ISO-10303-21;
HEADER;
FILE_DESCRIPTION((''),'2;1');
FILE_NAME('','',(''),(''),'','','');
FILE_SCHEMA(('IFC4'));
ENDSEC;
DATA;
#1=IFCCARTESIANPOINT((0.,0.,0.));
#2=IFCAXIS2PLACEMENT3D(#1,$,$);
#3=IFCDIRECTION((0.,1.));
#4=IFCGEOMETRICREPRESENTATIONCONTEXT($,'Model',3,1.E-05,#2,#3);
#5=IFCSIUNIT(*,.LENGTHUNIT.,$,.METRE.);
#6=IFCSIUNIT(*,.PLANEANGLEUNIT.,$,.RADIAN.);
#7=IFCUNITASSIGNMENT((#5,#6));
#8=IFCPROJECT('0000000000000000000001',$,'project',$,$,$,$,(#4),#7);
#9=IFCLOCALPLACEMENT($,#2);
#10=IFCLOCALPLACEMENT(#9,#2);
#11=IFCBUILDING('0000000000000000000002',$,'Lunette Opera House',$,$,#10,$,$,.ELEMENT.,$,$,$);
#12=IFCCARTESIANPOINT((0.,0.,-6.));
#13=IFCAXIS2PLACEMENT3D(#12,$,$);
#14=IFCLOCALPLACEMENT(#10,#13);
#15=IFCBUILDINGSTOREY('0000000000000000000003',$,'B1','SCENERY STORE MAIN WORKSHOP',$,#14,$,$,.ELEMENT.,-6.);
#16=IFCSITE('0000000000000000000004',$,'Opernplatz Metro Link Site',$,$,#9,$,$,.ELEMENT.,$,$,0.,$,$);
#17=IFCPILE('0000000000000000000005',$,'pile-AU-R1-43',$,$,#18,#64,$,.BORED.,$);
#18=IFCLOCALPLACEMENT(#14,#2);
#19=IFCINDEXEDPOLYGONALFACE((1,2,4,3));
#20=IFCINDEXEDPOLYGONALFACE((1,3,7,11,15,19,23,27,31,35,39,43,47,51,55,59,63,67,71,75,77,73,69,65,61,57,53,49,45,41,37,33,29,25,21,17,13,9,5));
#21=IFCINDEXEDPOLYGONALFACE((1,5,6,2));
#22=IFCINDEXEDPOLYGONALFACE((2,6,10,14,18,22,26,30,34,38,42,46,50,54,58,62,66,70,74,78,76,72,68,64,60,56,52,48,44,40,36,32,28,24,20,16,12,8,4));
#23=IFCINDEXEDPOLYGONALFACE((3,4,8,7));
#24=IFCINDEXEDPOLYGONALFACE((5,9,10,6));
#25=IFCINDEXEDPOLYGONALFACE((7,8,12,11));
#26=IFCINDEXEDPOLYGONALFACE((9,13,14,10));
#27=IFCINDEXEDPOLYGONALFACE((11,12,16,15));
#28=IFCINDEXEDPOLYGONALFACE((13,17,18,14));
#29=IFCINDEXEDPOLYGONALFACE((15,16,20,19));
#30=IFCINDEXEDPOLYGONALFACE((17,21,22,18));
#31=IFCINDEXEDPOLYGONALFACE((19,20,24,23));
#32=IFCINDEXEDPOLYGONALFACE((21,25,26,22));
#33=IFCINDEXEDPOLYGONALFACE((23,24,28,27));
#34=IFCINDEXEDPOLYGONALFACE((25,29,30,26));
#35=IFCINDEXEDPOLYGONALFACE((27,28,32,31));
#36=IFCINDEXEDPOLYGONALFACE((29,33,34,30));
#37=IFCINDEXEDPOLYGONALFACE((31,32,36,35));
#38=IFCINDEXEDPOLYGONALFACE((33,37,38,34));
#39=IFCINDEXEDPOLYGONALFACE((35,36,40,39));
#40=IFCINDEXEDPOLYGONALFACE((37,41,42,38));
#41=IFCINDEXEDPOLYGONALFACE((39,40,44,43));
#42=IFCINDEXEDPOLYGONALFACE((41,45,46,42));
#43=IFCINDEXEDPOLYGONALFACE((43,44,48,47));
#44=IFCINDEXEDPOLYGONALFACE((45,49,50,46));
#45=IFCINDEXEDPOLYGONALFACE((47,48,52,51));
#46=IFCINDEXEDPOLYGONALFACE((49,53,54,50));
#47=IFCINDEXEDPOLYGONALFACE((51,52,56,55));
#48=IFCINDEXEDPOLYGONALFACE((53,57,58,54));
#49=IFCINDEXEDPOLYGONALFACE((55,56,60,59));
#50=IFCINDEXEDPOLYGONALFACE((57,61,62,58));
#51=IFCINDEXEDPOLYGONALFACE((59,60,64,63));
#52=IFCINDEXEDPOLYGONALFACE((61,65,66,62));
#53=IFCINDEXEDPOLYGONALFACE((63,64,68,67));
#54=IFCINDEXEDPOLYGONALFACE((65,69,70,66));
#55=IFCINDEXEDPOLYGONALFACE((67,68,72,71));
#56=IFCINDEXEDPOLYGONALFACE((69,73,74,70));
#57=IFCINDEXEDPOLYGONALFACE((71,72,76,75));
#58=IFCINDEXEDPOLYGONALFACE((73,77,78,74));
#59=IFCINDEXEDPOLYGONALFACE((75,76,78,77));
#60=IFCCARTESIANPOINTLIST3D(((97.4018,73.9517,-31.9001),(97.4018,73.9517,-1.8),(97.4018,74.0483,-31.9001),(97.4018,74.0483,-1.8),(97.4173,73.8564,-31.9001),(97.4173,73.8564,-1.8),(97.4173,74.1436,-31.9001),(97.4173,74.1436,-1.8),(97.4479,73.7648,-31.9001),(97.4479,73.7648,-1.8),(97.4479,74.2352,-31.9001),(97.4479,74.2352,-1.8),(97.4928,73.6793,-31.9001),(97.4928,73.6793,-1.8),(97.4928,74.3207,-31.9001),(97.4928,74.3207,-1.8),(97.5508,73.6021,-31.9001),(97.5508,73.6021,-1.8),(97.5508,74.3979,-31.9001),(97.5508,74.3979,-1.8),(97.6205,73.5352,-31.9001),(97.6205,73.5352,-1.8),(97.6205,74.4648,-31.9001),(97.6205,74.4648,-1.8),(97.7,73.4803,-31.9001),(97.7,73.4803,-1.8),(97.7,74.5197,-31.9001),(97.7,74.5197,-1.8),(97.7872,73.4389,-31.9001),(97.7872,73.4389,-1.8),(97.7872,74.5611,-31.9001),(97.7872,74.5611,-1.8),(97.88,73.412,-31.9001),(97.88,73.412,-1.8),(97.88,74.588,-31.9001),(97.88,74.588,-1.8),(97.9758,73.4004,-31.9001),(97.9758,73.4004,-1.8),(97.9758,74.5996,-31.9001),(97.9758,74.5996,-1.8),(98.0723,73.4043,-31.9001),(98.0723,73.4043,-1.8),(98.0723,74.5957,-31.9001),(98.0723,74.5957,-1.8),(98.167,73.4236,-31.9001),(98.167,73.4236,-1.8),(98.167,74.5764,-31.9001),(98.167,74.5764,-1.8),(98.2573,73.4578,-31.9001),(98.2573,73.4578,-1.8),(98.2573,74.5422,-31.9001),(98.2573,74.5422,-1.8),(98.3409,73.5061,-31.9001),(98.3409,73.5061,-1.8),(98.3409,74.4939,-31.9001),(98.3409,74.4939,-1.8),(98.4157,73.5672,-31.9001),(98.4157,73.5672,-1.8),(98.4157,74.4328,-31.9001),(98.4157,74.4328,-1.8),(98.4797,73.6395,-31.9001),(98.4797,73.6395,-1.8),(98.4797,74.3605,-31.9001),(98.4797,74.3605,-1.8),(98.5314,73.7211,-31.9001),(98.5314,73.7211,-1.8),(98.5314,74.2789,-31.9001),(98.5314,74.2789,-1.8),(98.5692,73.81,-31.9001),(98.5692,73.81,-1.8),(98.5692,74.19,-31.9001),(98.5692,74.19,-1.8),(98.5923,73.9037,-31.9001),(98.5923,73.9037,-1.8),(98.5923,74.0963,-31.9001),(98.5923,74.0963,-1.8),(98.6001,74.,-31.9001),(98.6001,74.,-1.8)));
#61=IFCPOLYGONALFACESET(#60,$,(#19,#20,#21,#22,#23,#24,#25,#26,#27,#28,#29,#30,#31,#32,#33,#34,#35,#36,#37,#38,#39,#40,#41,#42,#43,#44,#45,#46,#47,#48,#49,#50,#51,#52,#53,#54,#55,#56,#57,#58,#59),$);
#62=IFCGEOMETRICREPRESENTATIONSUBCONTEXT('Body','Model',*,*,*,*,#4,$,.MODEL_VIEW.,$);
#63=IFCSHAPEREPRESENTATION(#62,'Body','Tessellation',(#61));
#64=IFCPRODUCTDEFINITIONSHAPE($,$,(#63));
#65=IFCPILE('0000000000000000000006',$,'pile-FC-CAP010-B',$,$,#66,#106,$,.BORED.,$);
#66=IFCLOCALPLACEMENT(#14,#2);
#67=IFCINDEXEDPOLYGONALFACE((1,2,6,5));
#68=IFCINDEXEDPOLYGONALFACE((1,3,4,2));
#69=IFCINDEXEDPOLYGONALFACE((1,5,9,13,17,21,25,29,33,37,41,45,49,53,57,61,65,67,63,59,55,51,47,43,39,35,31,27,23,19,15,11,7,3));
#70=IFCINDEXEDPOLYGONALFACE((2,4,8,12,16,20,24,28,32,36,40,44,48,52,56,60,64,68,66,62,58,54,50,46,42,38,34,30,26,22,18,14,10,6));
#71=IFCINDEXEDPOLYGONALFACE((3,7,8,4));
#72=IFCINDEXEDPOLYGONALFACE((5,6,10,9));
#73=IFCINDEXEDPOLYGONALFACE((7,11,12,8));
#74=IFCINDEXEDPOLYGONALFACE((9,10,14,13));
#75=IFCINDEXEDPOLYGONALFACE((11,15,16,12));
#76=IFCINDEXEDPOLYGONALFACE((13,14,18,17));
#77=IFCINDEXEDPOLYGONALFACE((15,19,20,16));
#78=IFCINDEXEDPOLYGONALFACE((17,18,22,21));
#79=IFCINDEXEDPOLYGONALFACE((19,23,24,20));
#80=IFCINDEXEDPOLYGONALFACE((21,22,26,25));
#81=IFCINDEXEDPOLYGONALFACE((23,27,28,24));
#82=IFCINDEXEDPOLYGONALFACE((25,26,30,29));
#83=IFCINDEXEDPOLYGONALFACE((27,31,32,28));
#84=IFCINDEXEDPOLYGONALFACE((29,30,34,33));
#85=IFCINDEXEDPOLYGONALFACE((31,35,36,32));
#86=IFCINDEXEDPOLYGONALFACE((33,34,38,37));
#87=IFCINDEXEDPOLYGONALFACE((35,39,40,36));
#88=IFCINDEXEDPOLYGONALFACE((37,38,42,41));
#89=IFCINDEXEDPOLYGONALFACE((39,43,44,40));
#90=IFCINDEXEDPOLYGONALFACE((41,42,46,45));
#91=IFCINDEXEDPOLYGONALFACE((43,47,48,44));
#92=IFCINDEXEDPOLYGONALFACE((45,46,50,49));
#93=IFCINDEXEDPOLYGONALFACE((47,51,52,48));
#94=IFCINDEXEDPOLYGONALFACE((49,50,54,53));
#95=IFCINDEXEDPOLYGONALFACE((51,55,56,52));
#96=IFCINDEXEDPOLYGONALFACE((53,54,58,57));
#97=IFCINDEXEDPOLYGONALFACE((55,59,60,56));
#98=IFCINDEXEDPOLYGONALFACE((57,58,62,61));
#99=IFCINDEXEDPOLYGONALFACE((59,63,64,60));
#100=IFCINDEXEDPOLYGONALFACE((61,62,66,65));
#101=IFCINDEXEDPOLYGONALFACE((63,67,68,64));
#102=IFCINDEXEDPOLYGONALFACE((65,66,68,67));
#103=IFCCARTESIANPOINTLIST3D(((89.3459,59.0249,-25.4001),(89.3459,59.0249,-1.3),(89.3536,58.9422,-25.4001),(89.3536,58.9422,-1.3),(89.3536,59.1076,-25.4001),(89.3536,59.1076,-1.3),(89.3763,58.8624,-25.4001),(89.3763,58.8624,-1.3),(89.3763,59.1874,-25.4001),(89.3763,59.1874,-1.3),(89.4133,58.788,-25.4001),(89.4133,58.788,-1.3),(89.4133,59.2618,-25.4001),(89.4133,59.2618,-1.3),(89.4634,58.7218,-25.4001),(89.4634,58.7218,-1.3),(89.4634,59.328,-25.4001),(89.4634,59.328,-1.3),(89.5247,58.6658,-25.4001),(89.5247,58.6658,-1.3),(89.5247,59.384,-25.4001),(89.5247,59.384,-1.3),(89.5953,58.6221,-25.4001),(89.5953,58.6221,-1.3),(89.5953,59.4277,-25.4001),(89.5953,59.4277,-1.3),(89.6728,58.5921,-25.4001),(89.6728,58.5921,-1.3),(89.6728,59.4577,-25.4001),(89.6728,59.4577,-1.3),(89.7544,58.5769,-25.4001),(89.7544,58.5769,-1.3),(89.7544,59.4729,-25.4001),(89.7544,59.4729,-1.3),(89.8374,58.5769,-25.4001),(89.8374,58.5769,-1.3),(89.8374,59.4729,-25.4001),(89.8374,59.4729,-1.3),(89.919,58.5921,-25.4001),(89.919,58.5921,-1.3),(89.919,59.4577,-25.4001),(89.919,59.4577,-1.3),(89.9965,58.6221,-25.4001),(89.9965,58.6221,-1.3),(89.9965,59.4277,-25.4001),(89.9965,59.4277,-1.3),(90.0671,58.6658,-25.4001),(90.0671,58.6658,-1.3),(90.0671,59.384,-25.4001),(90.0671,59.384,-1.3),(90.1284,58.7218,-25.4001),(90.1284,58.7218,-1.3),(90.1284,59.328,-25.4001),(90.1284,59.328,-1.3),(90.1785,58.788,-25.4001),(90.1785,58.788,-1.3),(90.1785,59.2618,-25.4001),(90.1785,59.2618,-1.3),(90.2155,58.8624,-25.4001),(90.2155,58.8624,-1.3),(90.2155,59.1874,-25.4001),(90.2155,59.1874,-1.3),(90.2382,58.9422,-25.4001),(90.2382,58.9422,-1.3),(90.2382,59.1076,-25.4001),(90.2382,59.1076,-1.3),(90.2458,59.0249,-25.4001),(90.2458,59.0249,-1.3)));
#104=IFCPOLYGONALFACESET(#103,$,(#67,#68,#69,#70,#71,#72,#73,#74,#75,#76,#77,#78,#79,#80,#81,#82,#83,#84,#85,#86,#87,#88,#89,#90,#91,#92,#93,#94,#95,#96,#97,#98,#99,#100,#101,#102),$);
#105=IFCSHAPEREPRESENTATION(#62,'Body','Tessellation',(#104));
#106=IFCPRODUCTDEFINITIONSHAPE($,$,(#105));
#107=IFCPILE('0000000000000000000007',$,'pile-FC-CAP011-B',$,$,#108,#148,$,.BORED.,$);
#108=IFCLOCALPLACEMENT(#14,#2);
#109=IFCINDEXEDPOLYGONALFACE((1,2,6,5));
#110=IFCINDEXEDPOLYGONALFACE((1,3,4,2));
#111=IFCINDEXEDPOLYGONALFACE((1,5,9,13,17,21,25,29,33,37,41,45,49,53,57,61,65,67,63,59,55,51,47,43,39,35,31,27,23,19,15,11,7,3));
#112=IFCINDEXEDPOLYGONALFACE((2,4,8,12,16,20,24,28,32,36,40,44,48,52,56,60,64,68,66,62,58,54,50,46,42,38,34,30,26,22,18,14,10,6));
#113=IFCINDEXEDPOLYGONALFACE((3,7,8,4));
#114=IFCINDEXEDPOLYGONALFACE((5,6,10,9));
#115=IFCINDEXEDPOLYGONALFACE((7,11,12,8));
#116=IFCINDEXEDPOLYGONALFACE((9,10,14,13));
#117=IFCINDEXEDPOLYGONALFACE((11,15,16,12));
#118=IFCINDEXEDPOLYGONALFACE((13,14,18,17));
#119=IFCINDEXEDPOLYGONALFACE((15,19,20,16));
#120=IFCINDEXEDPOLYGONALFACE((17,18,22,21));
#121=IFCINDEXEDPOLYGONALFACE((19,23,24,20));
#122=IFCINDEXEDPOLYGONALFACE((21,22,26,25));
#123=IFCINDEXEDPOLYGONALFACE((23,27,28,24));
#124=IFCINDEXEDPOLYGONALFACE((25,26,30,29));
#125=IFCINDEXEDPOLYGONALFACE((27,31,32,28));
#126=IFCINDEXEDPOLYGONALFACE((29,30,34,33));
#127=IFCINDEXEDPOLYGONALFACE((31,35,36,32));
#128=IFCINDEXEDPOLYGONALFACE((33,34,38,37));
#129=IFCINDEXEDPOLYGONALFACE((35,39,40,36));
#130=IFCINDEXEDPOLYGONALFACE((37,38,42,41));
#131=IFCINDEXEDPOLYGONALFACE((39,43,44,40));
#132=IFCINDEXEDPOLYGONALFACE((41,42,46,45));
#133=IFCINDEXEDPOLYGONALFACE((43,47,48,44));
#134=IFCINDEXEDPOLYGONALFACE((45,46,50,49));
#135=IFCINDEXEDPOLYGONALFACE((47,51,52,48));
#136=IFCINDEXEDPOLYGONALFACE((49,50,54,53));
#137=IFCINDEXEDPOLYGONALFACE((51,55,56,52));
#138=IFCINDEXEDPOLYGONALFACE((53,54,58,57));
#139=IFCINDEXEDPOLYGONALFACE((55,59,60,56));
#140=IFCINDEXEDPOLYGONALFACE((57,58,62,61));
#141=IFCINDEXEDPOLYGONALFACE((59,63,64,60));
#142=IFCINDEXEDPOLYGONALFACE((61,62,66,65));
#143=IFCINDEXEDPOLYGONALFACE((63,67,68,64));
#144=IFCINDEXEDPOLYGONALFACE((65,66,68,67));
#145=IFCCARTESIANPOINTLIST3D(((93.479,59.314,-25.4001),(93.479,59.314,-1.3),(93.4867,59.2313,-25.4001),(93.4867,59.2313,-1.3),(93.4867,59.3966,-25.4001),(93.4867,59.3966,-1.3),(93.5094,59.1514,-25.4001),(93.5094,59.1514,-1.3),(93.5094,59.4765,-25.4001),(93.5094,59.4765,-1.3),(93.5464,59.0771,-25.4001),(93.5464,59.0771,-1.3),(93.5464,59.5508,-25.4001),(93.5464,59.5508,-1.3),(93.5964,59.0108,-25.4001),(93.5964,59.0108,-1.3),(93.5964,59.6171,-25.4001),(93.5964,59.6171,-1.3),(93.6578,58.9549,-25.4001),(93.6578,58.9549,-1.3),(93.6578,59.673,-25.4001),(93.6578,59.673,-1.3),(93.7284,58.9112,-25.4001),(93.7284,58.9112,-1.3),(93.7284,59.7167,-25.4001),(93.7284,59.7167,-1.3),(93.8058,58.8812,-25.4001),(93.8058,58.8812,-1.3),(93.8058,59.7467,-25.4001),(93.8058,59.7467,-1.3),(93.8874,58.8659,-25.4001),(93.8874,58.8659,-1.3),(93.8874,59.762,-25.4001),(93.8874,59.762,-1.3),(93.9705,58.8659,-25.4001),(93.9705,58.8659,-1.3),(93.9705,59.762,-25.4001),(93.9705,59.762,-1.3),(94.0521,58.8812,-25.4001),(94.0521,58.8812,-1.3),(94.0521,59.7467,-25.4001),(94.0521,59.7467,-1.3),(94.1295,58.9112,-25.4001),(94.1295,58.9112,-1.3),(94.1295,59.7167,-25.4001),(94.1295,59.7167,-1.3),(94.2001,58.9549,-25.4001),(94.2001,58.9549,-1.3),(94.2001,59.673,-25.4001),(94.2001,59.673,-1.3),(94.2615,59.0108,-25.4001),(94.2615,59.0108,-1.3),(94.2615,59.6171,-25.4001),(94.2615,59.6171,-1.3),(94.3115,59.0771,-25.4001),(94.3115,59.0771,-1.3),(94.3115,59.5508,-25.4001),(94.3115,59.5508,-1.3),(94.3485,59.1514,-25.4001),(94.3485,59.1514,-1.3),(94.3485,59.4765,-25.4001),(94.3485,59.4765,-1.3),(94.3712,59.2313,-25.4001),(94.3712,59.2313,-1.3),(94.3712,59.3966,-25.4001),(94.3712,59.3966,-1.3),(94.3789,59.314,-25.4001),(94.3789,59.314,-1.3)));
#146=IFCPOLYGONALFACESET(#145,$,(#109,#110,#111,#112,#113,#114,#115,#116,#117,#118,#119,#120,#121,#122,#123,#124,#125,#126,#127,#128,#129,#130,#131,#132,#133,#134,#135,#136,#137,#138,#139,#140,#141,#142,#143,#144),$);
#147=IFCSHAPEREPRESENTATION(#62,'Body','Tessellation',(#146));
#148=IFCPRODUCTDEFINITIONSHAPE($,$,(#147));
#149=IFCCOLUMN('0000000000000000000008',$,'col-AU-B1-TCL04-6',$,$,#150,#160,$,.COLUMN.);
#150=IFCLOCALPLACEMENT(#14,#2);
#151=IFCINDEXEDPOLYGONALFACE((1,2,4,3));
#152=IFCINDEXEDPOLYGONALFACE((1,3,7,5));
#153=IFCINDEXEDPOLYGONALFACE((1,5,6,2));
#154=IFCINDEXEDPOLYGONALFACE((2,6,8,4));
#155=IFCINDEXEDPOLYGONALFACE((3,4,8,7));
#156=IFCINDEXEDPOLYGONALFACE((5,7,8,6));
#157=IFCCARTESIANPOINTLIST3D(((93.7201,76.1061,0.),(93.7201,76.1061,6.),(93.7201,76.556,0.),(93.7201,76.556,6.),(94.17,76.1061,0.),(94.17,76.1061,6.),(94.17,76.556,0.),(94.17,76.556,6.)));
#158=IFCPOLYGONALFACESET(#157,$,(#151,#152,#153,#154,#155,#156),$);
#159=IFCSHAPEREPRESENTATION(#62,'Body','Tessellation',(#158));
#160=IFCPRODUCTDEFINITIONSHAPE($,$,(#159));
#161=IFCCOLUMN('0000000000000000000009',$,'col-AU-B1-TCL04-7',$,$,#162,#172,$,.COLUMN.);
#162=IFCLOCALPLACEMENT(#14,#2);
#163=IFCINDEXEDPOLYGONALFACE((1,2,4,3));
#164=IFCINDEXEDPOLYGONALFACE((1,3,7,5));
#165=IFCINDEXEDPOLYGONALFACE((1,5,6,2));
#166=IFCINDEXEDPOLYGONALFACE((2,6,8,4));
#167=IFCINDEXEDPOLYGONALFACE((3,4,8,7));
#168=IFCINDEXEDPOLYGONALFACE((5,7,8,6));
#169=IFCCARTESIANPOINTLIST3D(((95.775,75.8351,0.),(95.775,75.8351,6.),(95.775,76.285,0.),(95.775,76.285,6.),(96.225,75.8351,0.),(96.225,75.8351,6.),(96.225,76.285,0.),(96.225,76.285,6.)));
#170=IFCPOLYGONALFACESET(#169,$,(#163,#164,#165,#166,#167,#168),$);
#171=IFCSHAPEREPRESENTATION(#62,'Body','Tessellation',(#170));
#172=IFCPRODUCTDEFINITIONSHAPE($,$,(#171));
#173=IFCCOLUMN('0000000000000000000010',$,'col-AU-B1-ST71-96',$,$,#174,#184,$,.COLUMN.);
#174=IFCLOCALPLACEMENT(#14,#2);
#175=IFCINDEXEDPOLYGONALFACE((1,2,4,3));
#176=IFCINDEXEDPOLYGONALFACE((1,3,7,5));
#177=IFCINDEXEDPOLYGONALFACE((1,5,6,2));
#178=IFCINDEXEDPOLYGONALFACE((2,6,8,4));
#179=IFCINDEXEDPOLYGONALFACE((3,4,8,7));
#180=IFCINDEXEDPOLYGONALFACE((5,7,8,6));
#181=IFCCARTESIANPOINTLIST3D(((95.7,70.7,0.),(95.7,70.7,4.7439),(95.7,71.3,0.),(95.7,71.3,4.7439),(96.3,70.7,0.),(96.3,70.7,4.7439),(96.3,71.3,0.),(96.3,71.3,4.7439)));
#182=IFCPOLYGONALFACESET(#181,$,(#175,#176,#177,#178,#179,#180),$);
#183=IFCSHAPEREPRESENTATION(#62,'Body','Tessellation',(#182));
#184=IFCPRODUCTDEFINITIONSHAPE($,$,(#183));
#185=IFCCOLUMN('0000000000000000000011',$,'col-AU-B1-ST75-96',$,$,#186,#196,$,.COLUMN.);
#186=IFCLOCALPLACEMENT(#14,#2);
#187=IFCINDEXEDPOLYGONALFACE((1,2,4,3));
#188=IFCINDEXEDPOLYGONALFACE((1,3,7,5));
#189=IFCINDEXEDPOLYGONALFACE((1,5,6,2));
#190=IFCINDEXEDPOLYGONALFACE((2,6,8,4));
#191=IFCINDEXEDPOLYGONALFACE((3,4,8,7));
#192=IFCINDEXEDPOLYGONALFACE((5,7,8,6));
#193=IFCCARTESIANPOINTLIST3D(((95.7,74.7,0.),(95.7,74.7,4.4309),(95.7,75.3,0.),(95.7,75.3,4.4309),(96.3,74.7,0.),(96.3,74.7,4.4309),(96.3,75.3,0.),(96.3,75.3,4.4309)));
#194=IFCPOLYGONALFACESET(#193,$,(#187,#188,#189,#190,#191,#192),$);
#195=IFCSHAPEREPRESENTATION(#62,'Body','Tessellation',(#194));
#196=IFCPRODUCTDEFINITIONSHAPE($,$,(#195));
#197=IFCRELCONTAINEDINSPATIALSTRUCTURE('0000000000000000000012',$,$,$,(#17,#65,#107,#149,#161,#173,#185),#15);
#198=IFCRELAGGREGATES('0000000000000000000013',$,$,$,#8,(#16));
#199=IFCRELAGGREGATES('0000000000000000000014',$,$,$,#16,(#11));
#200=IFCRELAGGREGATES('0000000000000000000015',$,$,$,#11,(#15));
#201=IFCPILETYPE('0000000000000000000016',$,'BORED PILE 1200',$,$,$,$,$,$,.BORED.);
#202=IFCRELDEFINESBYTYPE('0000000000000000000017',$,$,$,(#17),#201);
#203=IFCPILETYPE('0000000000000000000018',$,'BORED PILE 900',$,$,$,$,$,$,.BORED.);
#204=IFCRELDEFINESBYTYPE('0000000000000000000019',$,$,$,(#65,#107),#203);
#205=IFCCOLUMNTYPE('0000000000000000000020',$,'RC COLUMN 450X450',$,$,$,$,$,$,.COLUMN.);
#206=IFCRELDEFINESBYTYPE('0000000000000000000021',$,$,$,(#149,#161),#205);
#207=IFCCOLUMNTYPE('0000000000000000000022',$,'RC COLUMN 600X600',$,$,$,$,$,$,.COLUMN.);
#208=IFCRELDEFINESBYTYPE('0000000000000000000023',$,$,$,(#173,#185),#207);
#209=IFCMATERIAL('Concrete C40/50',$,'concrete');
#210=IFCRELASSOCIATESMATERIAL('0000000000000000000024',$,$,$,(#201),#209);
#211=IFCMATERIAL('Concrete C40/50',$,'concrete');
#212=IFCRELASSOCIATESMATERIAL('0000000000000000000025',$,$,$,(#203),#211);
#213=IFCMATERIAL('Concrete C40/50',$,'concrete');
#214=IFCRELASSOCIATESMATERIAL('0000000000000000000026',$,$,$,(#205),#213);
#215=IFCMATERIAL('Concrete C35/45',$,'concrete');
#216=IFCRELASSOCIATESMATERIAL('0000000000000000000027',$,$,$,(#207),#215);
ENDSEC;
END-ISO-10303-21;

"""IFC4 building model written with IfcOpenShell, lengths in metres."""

from ifc_helpers import new_model, si_unit, direction, frame, origin, origin_2d, place, context, subcontext, project, spatial, rectangle, circle, extrude, material, material_profile, profile_set, type_object, element, save


model = new_model("IFC4")

# Units and contexts
model_context = context("Model", 3, precision=1e-05, world=origin(), true_north=direction((0.0, 1.0)))
body_context = subcontext(model_context, "Body", "Model", "MODEL_VIEW")
ifc_project = project(units=[si_unit("LENGTHUNIT", "METRE"), si_unit("PLANEANGLEUNIT", "RADIAN")], contexts=[model_context])

# Site, building, storey
site_placement = place(None, origin())
site = spatial("IfcSite", under=ifc_project, at=site_placement, Name="Opernplatz Metro Link Site", CompositionType="ELEMENT", RefElevation=0.0)
building_placement = place(site_placement, origin())
building = spatial("IfcBuilding", under=site, at=building_placement, Name="Lunette Opera House", CompositionType="ELEMENT")
storey_placement = place(building_placement, frame((0.0, 0.0, -6.0)))
storey = spatial("IfcBuildingStorey", under=building, at=storey_placement, Name="B1", Description="SCENERY STORE MAIN WORKSHOP", CompositionType="ELEMENT", Elevation=-6.0)

# Piles
ifc_material_1 = material(Name="Concrete C40/50", Category="concrete")
ifc_material_profile_1 = material_profile(ifc_material_1, circle(Radius=0.6001, at=origin_2d()), Name="BORED PILE 1200")
ifc_profile_set_1 = profile_set([ifc_material_profile_1], Name="Concrete C40/50")
pile_type_1 = type_object("IfcPileType", Name="BORED PILE 1200", PredefinedType="BORED", material=ifc_profile_set_1)
for number, where, z_axis, x_axis, name in (
    (1, (98.0, 74.0, -1.8), (0.0, 0.0, -1.0), (1.0, 0.0, 0.0), "pile-AU-R1-43"),
):
    element("IfcPile", number, at=place(storey_placement, frame(where, z_axis=z_axis, x_axis=x_axis)), inside=storey, type_object=pile_type_1, Name=name, PredefinedType="BORED", context=body_context, shape_type="SweptSolid", body=[
        extrude(circle(Radius=0.6001, at=origin_2d()), origin(), (0.0, 0.0, 1.0), 30.1001),
    ])
ifc_material_2 = material(Name="Concrete C40/50", Category="concrete")
ifc_material_profile_2 = material_profile(ifc_material_2, circle(Radius=0.45, at=origin_2d()), Name="BORED PILE 900")
ifc_profile_set_2 = profile_set([ifc_material_profile_2], Name="Concrete C40/50")
pile_type_2 = type_object("IfcPileType", Name="BORED PILE 900", PredefinedType="BORED", material=ifc_profile_set_2)
for number, where, z_axis, x_axis, name in (
    (2, (89.7959, 59.0249, -1.3), (0.0, 0.0, -1.0), (1.0, 0.0, 0.0), "pile-FC-CAP010-B"),
    (3, (93.929, 59.314, -1.3), (0.0, 0.0, -1.0), (1.0, 0.0, 0.0), "pile-FC-CAP011-B"),
):
    element("IfcPile", number, at=place(storey_placement, frame(where, z_axis=z_axis, x_axis=x_axis)), inside=storey, type_object=pile_type_2, Name=name, PredefinedType="BORED", context=body_context, shape_type="SweptSolid", body=[
        extrude(circle(Radius=0.45, at=origin_2d()), origin(), (0.0, 0.0, 1.0), 24.1001),
    ])

# Columns
ifc_material_3 = material(Name="Concrete C40/50", Category="concrete")
ifc_material_profile_3 = material_profile(ifc_material_3, rectangle(XDim=0.45, YDim=0.45, at=origin_2d()), Name="RC COLUMN 450X450")
ifc_profile_set_3 = profile_set([ifc_material_profile_3], Name="Concrete C40/50")
column_type_1 = type_object("IfcColumnType", Name="RC COLUMN 450X450", PredefinedType="COLUMN", material=ifc_profile_set_3)
for number, where, z_axis, x_axis, name in (
    (4, (93.9451, 76.3311, 0.0), (0.0, 0.0, 1.0), (1.0, 0.0, 0.0), "col-AU-B1-TCL04-6"),
    (5, (96.0, 76.0601, 0.0), (0.0, 0.0, 1.0), (1.0, 0.0, 0.0), "col-AU-B1-TCL04-7"),
):
    element("IfcColumn", number, at=place(storey_placement, frame(where, z_axis=z_axis, x_axis=x_axis)), inside=storey, type_object=column_type_1, Name=name, PredefinedType="COLUMN", context=body_context, shape_type="SweptSolid", body=[
        extrude(rectangle(XDim=0.45, YDim=0.45, at=origin_2d()), origin(), (0.0, 0.0, 1.0), 6.0),
    ])
ifc_material_4 = material(Name="Concrete C35/45", Category="concrete")
ifc_material_profile_4 = material_profile(ifc_material_4, rectangle(XDim=0.6001, YDim=0.6001, at=origin_2d()), Name="RC COLUMN 600X600")
ifc_profile_set_4 = profile_set([ifc_material_profile_4], Name="Concrete C35/45")
column_type_2 = type_object("IfcColumnType", Name="RC COLUMN 600X600", PredefinedType="COLUMN", material=ifc_profile_set_4)
column_1_placement = place(storey_placement, frame((96.0, 71.0, 0.0), z_axis=(0.0, 0.0, 1.0), x_axis=(1.0, 0.0, 0.0)))
element("IfcColumn", 6, at=column_1_placement, inside=storey, type_object=column_type_2, Name="col-AU-B1-ST71-96", PredefinedType="COLUMN", context=body_context, shape_type="SweptSolid", body=[
    extrude(rectangle(XDim=0.6001, YDim=0.6001, at=origin_2d()), origin(), (0.0, 0.0, 1.0), 4.7439),
])
column_2_placement = place(storey_placement, frame((96.0, 75.0, 0.0), z_axis=(0.0, 0.0, 1.0), x_axis=(1.0, 0.0, 0.0)))
element("IfcColumn", 7, at=column_2_placement, inside=storey, type_object=column_type_2, Name="col-AU-B1-ST75-96", PredefinedType="COLUMN", context=body_context, shape_type="SweptSolid", body=[
    extrude(rectangle(XDim=0.6001, YDim=0.6001, at=origin_2d()), origin(), (0.0, 0.0, 1.0), 4.4309),
])

save(model, "model.ifc")
